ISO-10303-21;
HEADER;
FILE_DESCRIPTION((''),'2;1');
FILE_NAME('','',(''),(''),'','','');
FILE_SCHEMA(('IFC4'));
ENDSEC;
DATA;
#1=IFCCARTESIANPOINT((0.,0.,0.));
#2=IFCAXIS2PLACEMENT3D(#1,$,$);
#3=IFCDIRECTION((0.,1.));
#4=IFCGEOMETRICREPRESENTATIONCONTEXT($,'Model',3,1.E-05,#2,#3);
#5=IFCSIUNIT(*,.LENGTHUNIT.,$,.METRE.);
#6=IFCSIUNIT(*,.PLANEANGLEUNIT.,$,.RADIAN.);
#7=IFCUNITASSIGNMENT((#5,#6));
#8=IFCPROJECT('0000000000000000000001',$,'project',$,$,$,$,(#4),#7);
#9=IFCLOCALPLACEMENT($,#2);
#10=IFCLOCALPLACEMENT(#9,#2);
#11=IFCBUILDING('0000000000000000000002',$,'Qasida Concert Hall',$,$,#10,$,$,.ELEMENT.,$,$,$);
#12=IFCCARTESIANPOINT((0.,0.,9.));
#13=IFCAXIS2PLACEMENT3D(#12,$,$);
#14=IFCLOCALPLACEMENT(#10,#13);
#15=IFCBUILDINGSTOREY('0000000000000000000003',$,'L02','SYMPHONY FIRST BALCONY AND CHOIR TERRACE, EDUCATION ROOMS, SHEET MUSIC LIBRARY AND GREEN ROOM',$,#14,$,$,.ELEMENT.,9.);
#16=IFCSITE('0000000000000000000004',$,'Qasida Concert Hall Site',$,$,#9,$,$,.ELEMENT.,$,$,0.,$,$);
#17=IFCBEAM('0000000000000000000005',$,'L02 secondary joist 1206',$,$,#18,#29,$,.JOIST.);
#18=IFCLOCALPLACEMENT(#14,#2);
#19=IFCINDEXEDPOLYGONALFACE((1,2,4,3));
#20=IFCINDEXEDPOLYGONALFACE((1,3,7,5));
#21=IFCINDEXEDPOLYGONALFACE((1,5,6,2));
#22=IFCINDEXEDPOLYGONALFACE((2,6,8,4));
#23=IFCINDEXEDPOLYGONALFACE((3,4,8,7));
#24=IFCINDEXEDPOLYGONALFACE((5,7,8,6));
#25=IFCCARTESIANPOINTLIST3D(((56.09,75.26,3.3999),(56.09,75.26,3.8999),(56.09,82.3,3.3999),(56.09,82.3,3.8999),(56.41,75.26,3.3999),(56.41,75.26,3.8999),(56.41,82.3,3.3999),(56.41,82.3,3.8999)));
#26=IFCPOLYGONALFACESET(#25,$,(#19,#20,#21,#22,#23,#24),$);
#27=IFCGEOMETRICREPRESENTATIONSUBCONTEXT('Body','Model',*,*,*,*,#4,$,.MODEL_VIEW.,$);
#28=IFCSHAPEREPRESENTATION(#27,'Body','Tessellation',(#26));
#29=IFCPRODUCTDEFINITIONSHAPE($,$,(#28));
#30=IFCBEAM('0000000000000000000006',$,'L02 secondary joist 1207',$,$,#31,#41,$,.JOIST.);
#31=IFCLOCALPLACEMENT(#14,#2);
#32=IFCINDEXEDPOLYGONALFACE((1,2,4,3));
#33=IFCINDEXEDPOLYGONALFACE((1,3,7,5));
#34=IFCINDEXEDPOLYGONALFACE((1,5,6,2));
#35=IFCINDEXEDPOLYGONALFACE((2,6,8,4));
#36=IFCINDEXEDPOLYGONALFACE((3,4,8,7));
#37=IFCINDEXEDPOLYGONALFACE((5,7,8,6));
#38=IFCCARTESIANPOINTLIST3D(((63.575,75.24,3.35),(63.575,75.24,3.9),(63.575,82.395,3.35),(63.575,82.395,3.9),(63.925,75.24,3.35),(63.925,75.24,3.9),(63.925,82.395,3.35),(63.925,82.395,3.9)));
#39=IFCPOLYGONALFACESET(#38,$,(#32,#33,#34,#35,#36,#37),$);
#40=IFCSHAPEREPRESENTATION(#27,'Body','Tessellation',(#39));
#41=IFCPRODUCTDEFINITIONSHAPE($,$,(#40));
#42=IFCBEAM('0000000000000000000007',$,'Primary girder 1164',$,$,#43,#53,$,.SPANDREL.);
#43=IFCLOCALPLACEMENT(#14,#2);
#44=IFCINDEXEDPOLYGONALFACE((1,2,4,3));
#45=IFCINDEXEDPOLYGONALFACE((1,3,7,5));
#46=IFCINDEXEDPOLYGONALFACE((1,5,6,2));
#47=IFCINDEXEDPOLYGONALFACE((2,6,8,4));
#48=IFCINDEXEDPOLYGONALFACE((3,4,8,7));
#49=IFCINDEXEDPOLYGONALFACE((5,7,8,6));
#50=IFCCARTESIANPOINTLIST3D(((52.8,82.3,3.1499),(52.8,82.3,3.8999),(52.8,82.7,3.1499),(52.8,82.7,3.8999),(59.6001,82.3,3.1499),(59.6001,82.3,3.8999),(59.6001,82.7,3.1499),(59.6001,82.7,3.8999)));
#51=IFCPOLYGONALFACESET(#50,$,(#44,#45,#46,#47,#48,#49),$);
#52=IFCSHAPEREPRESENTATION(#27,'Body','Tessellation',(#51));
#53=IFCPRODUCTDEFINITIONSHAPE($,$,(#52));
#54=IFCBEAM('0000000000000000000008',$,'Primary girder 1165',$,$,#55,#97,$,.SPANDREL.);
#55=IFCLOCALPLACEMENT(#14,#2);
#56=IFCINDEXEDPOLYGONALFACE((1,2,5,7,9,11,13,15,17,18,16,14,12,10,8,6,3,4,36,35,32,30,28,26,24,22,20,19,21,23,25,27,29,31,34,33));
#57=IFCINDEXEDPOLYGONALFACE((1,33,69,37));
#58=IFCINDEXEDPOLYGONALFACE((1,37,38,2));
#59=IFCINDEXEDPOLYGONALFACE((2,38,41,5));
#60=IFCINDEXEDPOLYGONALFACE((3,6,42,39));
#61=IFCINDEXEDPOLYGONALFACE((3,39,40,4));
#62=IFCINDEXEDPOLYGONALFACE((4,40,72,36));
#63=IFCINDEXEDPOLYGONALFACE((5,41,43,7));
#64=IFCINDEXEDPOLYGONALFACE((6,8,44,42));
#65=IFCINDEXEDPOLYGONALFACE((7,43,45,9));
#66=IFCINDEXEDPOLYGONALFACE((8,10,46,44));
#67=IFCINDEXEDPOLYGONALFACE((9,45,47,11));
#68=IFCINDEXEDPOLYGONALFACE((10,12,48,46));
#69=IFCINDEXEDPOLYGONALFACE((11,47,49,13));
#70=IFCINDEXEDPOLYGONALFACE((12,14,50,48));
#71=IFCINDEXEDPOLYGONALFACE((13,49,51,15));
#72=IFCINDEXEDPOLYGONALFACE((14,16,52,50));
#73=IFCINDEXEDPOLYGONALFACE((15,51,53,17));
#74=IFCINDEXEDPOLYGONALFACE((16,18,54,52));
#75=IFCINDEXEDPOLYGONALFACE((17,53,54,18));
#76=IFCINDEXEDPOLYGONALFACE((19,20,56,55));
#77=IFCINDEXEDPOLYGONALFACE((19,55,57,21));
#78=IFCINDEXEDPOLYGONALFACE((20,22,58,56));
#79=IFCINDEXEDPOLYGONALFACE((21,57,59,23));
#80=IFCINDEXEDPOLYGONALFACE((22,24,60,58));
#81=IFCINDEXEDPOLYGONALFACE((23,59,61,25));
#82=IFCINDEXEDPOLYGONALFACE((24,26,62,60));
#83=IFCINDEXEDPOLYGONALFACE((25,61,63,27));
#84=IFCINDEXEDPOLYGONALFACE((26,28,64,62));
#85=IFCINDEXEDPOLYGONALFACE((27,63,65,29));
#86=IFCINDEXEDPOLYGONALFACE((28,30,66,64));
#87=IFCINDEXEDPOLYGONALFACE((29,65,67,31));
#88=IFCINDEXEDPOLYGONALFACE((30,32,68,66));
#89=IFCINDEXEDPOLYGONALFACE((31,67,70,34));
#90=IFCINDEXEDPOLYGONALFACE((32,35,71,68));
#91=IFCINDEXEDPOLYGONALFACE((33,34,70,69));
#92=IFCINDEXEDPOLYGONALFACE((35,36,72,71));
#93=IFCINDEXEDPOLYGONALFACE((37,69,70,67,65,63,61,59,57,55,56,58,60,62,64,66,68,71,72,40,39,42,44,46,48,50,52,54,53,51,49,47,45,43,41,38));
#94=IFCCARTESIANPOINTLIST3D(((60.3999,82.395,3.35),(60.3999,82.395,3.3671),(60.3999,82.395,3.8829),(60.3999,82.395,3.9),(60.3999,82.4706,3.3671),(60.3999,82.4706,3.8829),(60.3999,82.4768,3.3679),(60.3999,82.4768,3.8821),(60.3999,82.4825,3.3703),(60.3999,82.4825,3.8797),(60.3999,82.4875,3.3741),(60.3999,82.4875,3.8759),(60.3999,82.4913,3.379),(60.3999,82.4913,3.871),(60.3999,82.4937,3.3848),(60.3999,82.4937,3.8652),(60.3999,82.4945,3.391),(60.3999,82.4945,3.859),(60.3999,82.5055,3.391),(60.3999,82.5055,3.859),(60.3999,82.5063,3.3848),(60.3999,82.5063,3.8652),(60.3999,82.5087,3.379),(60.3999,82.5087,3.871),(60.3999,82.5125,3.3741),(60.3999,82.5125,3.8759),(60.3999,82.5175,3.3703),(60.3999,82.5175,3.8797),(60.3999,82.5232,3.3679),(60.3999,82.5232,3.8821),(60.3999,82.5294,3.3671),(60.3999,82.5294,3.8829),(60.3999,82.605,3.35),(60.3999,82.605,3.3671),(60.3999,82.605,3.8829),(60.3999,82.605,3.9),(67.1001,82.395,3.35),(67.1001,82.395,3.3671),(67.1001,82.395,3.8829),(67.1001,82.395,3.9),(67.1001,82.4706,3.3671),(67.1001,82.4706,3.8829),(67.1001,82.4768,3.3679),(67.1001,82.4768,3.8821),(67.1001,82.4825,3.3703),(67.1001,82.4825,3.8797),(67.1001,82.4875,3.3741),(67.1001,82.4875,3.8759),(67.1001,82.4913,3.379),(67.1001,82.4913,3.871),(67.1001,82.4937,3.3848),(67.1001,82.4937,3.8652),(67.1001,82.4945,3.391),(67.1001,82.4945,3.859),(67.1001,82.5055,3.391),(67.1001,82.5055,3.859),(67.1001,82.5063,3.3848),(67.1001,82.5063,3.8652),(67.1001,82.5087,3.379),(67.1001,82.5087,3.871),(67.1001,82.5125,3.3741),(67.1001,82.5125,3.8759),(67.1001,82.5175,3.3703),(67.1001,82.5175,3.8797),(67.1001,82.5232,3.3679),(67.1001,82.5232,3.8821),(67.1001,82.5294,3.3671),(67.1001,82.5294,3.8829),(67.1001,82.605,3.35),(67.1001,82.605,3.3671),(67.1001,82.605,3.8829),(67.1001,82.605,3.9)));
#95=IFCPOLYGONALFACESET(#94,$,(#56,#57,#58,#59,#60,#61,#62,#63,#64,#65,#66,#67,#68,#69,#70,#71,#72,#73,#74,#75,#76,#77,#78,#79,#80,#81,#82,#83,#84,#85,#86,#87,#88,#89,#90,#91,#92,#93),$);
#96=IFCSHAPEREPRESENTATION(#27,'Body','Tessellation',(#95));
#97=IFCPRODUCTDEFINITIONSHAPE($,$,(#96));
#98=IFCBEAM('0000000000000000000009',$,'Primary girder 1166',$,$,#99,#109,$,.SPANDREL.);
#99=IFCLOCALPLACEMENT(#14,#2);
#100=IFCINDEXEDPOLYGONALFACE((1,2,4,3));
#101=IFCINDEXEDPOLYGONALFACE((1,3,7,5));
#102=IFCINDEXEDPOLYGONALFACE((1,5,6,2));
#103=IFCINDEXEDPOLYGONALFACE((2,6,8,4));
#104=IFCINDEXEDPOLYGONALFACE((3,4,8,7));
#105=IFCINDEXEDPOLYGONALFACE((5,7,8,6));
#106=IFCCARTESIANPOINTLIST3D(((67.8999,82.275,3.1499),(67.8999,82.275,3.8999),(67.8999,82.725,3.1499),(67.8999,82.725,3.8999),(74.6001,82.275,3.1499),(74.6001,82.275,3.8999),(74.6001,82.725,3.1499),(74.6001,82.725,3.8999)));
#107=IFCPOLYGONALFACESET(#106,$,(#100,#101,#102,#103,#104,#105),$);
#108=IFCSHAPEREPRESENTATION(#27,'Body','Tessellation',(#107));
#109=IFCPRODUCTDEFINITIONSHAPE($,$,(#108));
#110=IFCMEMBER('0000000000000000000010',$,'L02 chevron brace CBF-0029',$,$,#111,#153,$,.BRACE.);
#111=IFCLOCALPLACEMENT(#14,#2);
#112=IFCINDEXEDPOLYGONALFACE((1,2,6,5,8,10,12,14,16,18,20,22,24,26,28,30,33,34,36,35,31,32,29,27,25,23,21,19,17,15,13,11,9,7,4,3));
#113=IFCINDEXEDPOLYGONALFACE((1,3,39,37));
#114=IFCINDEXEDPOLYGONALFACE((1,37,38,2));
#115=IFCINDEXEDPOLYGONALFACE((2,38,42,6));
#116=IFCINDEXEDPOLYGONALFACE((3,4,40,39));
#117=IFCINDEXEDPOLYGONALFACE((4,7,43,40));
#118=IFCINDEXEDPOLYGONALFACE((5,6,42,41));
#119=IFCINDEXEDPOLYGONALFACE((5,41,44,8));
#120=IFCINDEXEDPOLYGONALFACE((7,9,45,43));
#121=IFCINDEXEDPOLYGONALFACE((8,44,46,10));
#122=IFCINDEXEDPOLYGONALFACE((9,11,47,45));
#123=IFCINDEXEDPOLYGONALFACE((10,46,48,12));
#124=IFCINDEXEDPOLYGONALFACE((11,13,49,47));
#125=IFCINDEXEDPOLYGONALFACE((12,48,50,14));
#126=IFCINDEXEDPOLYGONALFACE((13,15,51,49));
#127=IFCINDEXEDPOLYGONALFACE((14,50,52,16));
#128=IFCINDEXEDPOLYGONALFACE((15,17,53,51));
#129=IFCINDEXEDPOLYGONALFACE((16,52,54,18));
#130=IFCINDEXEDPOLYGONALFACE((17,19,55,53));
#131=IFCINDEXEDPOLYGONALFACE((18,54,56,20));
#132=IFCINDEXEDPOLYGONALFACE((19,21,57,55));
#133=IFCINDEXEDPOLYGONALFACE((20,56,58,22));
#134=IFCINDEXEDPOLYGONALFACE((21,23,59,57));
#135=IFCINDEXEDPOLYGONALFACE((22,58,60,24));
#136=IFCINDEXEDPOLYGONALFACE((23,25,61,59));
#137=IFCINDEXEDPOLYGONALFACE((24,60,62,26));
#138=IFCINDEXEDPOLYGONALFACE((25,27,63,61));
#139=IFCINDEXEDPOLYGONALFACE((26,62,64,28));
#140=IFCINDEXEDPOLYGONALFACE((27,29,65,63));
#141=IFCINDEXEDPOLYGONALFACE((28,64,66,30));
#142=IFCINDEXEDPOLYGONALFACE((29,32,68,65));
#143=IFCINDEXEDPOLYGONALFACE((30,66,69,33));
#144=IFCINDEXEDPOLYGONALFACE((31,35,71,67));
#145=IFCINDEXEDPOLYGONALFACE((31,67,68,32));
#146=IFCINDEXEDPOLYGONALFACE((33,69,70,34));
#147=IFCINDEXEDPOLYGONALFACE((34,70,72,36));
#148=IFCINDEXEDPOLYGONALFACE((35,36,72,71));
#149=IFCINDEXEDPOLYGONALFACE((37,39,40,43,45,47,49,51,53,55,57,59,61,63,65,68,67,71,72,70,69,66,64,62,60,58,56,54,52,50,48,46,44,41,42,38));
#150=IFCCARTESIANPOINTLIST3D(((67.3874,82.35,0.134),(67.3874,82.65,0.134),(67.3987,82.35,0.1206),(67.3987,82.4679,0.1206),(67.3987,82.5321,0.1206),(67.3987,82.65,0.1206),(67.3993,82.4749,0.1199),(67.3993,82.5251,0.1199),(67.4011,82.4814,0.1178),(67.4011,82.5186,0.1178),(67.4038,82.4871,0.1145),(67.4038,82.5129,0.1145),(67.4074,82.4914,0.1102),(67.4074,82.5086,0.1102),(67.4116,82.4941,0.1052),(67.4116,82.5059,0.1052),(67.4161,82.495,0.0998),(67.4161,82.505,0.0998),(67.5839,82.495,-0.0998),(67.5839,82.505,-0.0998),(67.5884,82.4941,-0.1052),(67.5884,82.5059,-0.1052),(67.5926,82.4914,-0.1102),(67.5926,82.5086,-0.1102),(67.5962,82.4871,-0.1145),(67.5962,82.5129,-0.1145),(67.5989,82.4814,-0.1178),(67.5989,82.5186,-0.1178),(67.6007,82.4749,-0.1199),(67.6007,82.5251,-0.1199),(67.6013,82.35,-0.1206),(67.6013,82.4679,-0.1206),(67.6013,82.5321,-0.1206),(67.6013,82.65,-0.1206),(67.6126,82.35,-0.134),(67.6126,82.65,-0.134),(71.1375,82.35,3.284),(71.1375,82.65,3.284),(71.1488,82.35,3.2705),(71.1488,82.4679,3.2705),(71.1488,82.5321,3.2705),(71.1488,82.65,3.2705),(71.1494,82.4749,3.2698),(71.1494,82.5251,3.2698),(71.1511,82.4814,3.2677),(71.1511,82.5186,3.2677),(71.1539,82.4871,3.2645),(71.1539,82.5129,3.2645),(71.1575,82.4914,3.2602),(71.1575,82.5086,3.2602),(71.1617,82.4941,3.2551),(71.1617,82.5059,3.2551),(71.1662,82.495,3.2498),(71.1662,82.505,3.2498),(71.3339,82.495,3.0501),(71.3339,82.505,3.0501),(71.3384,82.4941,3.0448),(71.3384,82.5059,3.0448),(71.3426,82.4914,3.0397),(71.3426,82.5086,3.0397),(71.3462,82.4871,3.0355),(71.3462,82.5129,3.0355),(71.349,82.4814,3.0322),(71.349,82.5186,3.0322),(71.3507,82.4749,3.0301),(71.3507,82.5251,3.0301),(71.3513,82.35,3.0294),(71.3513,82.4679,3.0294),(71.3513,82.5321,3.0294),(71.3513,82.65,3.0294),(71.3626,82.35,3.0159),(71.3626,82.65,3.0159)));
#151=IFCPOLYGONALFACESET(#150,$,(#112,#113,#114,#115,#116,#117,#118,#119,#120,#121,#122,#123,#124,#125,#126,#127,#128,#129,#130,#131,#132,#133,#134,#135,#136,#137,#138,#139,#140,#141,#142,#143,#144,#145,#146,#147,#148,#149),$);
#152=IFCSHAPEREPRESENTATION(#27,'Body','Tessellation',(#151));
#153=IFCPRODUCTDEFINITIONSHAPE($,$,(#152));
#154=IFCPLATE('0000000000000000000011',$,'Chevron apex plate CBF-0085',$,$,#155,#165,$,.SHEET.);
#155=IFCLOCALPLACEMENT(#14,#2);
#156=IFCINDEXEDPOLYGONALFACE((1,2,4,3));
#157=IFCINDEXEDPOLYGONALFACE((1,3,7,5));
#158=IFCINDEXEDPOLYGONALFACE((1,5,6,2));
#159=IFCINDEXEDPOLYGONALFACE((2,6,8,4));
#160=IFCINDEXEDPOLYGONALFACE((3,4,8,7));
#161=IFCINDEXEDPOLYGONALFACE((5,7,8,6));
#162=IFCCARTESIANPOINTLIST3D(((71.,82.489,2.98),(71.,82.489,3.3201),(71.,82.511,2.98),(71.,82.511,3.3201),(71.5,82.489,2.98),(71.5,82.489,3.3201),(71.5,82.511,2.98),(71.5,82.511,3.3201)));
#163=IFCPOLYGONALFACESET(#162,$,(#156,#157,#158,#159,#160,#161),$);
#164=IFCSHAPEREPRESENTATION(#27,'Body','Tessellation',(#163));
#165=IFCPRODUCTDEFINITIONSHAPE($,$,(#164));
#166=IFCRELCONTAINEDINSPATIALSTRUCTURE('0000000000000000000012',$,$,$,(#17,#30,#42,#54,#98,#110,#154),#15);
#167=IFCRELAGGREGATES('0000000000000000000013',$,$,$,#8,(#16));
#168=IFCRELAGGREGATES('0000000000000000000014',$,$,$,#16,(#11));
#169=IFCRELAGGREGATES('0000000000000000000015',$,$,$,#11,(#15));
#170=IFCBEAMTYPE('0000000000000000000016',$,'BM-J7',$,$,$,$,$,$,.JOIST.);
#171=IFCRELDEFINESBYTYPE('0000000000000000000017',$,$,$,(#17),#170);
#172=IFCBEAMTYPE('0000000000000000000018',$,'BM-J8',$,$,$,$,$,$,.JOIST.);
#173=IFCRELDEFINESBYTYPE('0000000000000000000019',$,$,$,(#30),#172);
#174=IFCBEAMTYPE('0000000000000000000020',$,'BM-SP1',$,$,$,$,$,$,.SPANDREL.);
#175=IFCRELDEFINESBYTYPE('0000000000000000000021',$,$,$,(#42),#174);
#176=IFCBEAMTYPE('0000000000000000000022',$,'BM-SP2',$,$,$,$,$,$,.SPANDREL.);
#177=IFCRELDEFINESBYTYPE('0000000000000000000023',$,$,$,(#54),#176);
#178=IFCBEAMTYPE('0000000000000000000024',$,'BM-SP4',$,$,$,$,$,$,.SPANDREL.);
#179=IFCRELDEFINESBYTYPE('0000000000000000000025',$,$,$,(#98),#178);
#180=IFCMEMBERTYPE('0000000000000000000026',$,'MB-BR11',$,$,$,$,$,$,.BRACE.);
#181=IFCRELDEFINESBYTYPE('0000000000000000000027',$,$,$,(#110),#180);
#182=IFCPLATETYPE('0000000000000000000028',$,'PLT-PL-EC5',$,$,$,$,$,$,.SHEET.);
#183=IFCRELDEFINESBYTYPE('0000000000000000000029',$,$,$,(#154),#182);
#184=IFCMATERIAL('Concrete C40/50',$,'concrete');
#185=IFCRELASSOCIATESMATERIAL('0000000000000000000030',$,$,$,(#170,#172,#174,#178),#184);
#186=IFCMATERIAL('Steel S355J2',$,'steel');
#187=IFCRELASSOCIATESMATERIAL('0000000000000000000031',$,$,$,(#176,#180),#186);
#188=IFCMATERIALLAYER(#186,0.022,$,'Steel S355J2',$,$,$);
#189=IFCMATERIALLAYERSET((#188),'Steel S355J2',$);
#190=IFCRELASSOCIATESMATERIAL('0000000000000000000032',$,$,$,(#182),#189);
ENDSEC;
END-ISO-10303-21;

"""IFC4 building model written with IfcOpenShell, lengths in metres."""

from ifc_helpers import new_model, si_unit, direction, frame, origin, origin_2d, place, context, subcontext, project, spatial, rectangle, i_section, extrude, material, layer, layer_set, material_profile, profile_set, type_object, element, save


model = new_model("IFC4")

# Units and contexts
model_context = context("Model", 3, precision=1e-05, world=origin(), true_north=direction((0.0, 1.0)))
body_context = subcontext(model_context, "Body", "Model", "MODEL_VIEW")
ifc_project = project(units=[si_unit("LENGTHUNIT", "METRE"), si_unit("PLANEANGLEUNIT", "RADIAN")], contexts=[model_context])

# Site, building, storey
site_placement = place(None, origin())
site = spatial("IfcSite", under=ifc_project, at=site_placement, Name="Qasida Concert Hall Site", CompositionType="ELEMENT", RefElevation=0.0)
building_placement = place(site_placement, origin())
building = spatial("IfcBuilding", under=site, at=building_placement, Name="Qasida Concert Hall", CompositionType="ELEMENT")
storey_placement = place(building_placement, frame((0.0, 0.0, 9.0)))
storey = spatial("IfcBuildingStorey", under=building, at=storey_placement, Name="L02", Description="SYMPHONY FIRST BALCONY AND CHOIR TERRACE, EDUCATION ROOMS, SHEET MUSIC LIBRARY AND GREEN ROOM", CompositionType="ELEMENT", Elevation=9.0)

# Beams
ifc_material_1 = material(Name="Concrete C40/50", Category="concrete")
ifc_material_2 = material(Name="Steel S355J2", Category="steel")
ifc_material_profile_1 = material_profile(ifc_material_1, rectangle(XDim=0.3201, YDim=0.5, at=origin_2d()), Name="RC 320x500")
ifc_profile_set_1 = profile_set([ifc_material_profile_1], Name="Concrete C40/50")
beam_type_1 = type_object("IfcBeamType", Name="BM-J7", PredefinedType="JOIST", material=ifc_profile_set_1)
beam_1_placement = place(storey_placement, frame((56.25, 75.26, 3.6499), z_axis=(0.0, 1.0, 0.0), x_axis=(-1.0, 0.0, 0.0)))
element("IfcBeam", 1, at=beam_1_placement, inside=storey, type_object=beam_type_1, Name="L02 secondary joist 1206", PredefinedType="JOIST", context=body_context, shape_type="SweptSolid", body=[
    extrude(rectangle(XDim=0.3201, YDim=0.5, at=origin_2d()), origin(), (0.0, 0.0, 1.0), 7.04),
])
ifc_material_profile_2 = material_profile(ifc_material_1, rectangle(XDim=0.3501, YDim=0.55, at=origin_2d()), Name="RC 350x550")
ifc_profile_set_2 = profile_set([ifc_material_profile_2], Name="Concrete C40/50")
beam_type_2 = type_object("IfcBeamType", Name="BM-J8", PredefinedType="JOIST", material=ifc_profile_set_2)
beam_2_placement = place(storey_placement, frame((63.75, 75.24, 3.625), z_axis=(0.0, 1.0, 0.0), x_axis=(-1.0, 0.0, 0.0)))
element("IfcBeam", 2, at=beam_2_placement, inside=storey, type_object=beam_type_2, Name="L02 secondary joist 1207", PredefinedType="JOIST", context=body_context, shape_type="SweptSolid", body=[
    extrude(rectangle(XDim=0.3501, YDim=0.55, at=origin_2d()), origin(), (0.0, 0.0, 1.0), 7.155),
])
ifc_material_profile_3 = material_profile(ifc_material_1, rectangle(XDim=0.3999, YDim=0.75, at=origin_2d()), Name="RC 400x750")
ifc_profile_set_3 = profile_set([ifc_material_profile_3], Name="Concrete C40/50")
beam_type_3 = type_object("IfcBeamType", Name="BM-SP1", PredefinedType="SPANDREL", material=ifc_profile_set_3)
beam_3_placement = place(storey_placement, frame((52.8, 82.5, 3.5249), z_axis=(1.0, 0.0, 0.0), x_axis=(0.0, 1.0, 0.0)))
element("IfcBeam", 3, at=beam_3_placement, inside=storey, type_object=beam_type_3, Name="Primary girder 1164", PredefinedType="SPANDREL", context=body_context, shape_type="SweptSolid", body=[
    extrude(rectangle(XDim=0.3999, YDim=0.75, at=origin_2d()), origin(), (0.0, 0.0, 1.0), 6.8),
])
ifc_material_profile_4 = material_profile(ifc_material_2, i_section(OverallWidth=0.21, OverallDepth=0.55, WebThickness=0.011, FlangeThickness=0.0171, FilletRadius=0.0239, at=origin_2d()), Name="IPE 550")
ifc_profile_set_4 = profile_set([ifc_material_profile_4], Name="Steel S355J2")
beam_type_4 = type_object("IfcBeamType", Name="BM-SP2", PredefinedType="SPANDREL", material=ifc_profile_set_4)
beam_4_placement = place(storey_placement, frame((60.3999, 82.5, 3.625), z_axis=(1.0, 0.0, 0.0), x_axis=(0.0, 1.0, 0.0)))
element("IfcBeam", 4, at=beam_4_placement, inside=storey, type_object=beam_type_4, Name="Primary girder 1165", PredefinedType="SPANDREL", context=body_context, shape_type="SweptSolid", body=[
    extrude(i_section(OverallWidth=0.21, OverallDepth=0.55, WebThickness=0.011, FlangeThickness=0.0171, FilletRadius=0.0239, at=origin_2d()), origin(), (0.0, 0.0, 1.0), 6.7002),
])
ifc_material_profile_5 = material_profile(ifc_material_1, rectangle(XDim=0.45, YDim=0.75, at=origin_2d()), Name="RC 450x750")
ifc_profile_set_5 = profile_set([ifc_material_profile_5], Name="Concrete C40/50")
beam_type_5 = type_object("IfcBeamType", Name="BM-SP4", PredefinedType="SPANDREL", material=ifc_profile_set_5)
beam_5_placement = place(storey_placement, frame((67.8999, 82.5, 3.5249), z_axis=(1.0, 0.0, 0.0), x_axis=(0.0, 1.0, 0.0)))
element("IfcBeam", 5, at=beam_5_placement, inside=storey, type_object=beam_type_5, Name="Primary girder 1166", PredefinedType="SPANDREL", context=body_context, shape_type="SweptSolid", body=[
    extrude(rectangle(XDim=0.45, YDim=0.75, at=origin_2d()), origin(), (0.0, 0.0, 1.0), 6.7002),
])

# Member
ifc_material_profile_6 = material_profile(ifc_material_2, i_section(OverallWidth=0.3, OverallDepth=0.3501, WebThickness=0.01, FlangeThickness=0.0176, FilletRadius=0.0271, at=origin_2d()), Name="HEA 360")
ifc_profile_set_6 = profile_set([ifc_material_profile_6], Name="Steel S355J2")
member_type = type_object("IfcMemberType", Name="MB-BR11", PredefinedType="BRACE", material=ifc_profile_set_6)
member_placement = place(storey_placement, frame((67.5, 82.5, 0.0), z_axis=(0.765715, 0.0, 0.64318), x_axis=(0.0, 1.0, 0.0)))
element("IfcMember", 6, at=member_placement, inside=storey, type_object=member_type, Name="L02 chevron brace CBF-0029", PredefinedType="BRACE", context=body_context, shape_type="SweptSolid", body=[
    extrude(i_section(OverallWidth=0.3, OverallDepth=0.3501, WebThickness=0.01, FlangeThickness=0.0176, FilletRadius=0.0271, at=origin_2d()), origin(), (0.0, 0.0, 1.0), 4.8975),
])

# Plate
ifc_layer_1 = layer(ifc_material_2, 0.022, Name="Steel S355J2")
ifc_layer_set_1 = layer_set([ifc_layer_1], Name="Steel S355J2")
plate_type = type_object("IfcPlateType", Name="PLT-PL-EC5", PredefinedType="SHEET", material=ifc_layer_set_1)
plate_placement = place(storey_placement, frame((71.25, 82.5, 2.98), z_axis=(0.0, 0.0, 1.0), x_axis=(1.0, 0.0, 0.0)))
element("IfcPlate", 7, at=plate_placement, inside=storey, type_object=plate_type, Name="Chevron apex plate CBF-0085", PredefinedType="SHEET", context=body_context, shape_type="SweptSolid", body=[
    extrude(rectangle(XDim=0.5, YDim=0.022, at=origin_2d()), origin(), (0.0, 0.0, 1.0), 0.3401),
])

save(model, "model.ifc")
